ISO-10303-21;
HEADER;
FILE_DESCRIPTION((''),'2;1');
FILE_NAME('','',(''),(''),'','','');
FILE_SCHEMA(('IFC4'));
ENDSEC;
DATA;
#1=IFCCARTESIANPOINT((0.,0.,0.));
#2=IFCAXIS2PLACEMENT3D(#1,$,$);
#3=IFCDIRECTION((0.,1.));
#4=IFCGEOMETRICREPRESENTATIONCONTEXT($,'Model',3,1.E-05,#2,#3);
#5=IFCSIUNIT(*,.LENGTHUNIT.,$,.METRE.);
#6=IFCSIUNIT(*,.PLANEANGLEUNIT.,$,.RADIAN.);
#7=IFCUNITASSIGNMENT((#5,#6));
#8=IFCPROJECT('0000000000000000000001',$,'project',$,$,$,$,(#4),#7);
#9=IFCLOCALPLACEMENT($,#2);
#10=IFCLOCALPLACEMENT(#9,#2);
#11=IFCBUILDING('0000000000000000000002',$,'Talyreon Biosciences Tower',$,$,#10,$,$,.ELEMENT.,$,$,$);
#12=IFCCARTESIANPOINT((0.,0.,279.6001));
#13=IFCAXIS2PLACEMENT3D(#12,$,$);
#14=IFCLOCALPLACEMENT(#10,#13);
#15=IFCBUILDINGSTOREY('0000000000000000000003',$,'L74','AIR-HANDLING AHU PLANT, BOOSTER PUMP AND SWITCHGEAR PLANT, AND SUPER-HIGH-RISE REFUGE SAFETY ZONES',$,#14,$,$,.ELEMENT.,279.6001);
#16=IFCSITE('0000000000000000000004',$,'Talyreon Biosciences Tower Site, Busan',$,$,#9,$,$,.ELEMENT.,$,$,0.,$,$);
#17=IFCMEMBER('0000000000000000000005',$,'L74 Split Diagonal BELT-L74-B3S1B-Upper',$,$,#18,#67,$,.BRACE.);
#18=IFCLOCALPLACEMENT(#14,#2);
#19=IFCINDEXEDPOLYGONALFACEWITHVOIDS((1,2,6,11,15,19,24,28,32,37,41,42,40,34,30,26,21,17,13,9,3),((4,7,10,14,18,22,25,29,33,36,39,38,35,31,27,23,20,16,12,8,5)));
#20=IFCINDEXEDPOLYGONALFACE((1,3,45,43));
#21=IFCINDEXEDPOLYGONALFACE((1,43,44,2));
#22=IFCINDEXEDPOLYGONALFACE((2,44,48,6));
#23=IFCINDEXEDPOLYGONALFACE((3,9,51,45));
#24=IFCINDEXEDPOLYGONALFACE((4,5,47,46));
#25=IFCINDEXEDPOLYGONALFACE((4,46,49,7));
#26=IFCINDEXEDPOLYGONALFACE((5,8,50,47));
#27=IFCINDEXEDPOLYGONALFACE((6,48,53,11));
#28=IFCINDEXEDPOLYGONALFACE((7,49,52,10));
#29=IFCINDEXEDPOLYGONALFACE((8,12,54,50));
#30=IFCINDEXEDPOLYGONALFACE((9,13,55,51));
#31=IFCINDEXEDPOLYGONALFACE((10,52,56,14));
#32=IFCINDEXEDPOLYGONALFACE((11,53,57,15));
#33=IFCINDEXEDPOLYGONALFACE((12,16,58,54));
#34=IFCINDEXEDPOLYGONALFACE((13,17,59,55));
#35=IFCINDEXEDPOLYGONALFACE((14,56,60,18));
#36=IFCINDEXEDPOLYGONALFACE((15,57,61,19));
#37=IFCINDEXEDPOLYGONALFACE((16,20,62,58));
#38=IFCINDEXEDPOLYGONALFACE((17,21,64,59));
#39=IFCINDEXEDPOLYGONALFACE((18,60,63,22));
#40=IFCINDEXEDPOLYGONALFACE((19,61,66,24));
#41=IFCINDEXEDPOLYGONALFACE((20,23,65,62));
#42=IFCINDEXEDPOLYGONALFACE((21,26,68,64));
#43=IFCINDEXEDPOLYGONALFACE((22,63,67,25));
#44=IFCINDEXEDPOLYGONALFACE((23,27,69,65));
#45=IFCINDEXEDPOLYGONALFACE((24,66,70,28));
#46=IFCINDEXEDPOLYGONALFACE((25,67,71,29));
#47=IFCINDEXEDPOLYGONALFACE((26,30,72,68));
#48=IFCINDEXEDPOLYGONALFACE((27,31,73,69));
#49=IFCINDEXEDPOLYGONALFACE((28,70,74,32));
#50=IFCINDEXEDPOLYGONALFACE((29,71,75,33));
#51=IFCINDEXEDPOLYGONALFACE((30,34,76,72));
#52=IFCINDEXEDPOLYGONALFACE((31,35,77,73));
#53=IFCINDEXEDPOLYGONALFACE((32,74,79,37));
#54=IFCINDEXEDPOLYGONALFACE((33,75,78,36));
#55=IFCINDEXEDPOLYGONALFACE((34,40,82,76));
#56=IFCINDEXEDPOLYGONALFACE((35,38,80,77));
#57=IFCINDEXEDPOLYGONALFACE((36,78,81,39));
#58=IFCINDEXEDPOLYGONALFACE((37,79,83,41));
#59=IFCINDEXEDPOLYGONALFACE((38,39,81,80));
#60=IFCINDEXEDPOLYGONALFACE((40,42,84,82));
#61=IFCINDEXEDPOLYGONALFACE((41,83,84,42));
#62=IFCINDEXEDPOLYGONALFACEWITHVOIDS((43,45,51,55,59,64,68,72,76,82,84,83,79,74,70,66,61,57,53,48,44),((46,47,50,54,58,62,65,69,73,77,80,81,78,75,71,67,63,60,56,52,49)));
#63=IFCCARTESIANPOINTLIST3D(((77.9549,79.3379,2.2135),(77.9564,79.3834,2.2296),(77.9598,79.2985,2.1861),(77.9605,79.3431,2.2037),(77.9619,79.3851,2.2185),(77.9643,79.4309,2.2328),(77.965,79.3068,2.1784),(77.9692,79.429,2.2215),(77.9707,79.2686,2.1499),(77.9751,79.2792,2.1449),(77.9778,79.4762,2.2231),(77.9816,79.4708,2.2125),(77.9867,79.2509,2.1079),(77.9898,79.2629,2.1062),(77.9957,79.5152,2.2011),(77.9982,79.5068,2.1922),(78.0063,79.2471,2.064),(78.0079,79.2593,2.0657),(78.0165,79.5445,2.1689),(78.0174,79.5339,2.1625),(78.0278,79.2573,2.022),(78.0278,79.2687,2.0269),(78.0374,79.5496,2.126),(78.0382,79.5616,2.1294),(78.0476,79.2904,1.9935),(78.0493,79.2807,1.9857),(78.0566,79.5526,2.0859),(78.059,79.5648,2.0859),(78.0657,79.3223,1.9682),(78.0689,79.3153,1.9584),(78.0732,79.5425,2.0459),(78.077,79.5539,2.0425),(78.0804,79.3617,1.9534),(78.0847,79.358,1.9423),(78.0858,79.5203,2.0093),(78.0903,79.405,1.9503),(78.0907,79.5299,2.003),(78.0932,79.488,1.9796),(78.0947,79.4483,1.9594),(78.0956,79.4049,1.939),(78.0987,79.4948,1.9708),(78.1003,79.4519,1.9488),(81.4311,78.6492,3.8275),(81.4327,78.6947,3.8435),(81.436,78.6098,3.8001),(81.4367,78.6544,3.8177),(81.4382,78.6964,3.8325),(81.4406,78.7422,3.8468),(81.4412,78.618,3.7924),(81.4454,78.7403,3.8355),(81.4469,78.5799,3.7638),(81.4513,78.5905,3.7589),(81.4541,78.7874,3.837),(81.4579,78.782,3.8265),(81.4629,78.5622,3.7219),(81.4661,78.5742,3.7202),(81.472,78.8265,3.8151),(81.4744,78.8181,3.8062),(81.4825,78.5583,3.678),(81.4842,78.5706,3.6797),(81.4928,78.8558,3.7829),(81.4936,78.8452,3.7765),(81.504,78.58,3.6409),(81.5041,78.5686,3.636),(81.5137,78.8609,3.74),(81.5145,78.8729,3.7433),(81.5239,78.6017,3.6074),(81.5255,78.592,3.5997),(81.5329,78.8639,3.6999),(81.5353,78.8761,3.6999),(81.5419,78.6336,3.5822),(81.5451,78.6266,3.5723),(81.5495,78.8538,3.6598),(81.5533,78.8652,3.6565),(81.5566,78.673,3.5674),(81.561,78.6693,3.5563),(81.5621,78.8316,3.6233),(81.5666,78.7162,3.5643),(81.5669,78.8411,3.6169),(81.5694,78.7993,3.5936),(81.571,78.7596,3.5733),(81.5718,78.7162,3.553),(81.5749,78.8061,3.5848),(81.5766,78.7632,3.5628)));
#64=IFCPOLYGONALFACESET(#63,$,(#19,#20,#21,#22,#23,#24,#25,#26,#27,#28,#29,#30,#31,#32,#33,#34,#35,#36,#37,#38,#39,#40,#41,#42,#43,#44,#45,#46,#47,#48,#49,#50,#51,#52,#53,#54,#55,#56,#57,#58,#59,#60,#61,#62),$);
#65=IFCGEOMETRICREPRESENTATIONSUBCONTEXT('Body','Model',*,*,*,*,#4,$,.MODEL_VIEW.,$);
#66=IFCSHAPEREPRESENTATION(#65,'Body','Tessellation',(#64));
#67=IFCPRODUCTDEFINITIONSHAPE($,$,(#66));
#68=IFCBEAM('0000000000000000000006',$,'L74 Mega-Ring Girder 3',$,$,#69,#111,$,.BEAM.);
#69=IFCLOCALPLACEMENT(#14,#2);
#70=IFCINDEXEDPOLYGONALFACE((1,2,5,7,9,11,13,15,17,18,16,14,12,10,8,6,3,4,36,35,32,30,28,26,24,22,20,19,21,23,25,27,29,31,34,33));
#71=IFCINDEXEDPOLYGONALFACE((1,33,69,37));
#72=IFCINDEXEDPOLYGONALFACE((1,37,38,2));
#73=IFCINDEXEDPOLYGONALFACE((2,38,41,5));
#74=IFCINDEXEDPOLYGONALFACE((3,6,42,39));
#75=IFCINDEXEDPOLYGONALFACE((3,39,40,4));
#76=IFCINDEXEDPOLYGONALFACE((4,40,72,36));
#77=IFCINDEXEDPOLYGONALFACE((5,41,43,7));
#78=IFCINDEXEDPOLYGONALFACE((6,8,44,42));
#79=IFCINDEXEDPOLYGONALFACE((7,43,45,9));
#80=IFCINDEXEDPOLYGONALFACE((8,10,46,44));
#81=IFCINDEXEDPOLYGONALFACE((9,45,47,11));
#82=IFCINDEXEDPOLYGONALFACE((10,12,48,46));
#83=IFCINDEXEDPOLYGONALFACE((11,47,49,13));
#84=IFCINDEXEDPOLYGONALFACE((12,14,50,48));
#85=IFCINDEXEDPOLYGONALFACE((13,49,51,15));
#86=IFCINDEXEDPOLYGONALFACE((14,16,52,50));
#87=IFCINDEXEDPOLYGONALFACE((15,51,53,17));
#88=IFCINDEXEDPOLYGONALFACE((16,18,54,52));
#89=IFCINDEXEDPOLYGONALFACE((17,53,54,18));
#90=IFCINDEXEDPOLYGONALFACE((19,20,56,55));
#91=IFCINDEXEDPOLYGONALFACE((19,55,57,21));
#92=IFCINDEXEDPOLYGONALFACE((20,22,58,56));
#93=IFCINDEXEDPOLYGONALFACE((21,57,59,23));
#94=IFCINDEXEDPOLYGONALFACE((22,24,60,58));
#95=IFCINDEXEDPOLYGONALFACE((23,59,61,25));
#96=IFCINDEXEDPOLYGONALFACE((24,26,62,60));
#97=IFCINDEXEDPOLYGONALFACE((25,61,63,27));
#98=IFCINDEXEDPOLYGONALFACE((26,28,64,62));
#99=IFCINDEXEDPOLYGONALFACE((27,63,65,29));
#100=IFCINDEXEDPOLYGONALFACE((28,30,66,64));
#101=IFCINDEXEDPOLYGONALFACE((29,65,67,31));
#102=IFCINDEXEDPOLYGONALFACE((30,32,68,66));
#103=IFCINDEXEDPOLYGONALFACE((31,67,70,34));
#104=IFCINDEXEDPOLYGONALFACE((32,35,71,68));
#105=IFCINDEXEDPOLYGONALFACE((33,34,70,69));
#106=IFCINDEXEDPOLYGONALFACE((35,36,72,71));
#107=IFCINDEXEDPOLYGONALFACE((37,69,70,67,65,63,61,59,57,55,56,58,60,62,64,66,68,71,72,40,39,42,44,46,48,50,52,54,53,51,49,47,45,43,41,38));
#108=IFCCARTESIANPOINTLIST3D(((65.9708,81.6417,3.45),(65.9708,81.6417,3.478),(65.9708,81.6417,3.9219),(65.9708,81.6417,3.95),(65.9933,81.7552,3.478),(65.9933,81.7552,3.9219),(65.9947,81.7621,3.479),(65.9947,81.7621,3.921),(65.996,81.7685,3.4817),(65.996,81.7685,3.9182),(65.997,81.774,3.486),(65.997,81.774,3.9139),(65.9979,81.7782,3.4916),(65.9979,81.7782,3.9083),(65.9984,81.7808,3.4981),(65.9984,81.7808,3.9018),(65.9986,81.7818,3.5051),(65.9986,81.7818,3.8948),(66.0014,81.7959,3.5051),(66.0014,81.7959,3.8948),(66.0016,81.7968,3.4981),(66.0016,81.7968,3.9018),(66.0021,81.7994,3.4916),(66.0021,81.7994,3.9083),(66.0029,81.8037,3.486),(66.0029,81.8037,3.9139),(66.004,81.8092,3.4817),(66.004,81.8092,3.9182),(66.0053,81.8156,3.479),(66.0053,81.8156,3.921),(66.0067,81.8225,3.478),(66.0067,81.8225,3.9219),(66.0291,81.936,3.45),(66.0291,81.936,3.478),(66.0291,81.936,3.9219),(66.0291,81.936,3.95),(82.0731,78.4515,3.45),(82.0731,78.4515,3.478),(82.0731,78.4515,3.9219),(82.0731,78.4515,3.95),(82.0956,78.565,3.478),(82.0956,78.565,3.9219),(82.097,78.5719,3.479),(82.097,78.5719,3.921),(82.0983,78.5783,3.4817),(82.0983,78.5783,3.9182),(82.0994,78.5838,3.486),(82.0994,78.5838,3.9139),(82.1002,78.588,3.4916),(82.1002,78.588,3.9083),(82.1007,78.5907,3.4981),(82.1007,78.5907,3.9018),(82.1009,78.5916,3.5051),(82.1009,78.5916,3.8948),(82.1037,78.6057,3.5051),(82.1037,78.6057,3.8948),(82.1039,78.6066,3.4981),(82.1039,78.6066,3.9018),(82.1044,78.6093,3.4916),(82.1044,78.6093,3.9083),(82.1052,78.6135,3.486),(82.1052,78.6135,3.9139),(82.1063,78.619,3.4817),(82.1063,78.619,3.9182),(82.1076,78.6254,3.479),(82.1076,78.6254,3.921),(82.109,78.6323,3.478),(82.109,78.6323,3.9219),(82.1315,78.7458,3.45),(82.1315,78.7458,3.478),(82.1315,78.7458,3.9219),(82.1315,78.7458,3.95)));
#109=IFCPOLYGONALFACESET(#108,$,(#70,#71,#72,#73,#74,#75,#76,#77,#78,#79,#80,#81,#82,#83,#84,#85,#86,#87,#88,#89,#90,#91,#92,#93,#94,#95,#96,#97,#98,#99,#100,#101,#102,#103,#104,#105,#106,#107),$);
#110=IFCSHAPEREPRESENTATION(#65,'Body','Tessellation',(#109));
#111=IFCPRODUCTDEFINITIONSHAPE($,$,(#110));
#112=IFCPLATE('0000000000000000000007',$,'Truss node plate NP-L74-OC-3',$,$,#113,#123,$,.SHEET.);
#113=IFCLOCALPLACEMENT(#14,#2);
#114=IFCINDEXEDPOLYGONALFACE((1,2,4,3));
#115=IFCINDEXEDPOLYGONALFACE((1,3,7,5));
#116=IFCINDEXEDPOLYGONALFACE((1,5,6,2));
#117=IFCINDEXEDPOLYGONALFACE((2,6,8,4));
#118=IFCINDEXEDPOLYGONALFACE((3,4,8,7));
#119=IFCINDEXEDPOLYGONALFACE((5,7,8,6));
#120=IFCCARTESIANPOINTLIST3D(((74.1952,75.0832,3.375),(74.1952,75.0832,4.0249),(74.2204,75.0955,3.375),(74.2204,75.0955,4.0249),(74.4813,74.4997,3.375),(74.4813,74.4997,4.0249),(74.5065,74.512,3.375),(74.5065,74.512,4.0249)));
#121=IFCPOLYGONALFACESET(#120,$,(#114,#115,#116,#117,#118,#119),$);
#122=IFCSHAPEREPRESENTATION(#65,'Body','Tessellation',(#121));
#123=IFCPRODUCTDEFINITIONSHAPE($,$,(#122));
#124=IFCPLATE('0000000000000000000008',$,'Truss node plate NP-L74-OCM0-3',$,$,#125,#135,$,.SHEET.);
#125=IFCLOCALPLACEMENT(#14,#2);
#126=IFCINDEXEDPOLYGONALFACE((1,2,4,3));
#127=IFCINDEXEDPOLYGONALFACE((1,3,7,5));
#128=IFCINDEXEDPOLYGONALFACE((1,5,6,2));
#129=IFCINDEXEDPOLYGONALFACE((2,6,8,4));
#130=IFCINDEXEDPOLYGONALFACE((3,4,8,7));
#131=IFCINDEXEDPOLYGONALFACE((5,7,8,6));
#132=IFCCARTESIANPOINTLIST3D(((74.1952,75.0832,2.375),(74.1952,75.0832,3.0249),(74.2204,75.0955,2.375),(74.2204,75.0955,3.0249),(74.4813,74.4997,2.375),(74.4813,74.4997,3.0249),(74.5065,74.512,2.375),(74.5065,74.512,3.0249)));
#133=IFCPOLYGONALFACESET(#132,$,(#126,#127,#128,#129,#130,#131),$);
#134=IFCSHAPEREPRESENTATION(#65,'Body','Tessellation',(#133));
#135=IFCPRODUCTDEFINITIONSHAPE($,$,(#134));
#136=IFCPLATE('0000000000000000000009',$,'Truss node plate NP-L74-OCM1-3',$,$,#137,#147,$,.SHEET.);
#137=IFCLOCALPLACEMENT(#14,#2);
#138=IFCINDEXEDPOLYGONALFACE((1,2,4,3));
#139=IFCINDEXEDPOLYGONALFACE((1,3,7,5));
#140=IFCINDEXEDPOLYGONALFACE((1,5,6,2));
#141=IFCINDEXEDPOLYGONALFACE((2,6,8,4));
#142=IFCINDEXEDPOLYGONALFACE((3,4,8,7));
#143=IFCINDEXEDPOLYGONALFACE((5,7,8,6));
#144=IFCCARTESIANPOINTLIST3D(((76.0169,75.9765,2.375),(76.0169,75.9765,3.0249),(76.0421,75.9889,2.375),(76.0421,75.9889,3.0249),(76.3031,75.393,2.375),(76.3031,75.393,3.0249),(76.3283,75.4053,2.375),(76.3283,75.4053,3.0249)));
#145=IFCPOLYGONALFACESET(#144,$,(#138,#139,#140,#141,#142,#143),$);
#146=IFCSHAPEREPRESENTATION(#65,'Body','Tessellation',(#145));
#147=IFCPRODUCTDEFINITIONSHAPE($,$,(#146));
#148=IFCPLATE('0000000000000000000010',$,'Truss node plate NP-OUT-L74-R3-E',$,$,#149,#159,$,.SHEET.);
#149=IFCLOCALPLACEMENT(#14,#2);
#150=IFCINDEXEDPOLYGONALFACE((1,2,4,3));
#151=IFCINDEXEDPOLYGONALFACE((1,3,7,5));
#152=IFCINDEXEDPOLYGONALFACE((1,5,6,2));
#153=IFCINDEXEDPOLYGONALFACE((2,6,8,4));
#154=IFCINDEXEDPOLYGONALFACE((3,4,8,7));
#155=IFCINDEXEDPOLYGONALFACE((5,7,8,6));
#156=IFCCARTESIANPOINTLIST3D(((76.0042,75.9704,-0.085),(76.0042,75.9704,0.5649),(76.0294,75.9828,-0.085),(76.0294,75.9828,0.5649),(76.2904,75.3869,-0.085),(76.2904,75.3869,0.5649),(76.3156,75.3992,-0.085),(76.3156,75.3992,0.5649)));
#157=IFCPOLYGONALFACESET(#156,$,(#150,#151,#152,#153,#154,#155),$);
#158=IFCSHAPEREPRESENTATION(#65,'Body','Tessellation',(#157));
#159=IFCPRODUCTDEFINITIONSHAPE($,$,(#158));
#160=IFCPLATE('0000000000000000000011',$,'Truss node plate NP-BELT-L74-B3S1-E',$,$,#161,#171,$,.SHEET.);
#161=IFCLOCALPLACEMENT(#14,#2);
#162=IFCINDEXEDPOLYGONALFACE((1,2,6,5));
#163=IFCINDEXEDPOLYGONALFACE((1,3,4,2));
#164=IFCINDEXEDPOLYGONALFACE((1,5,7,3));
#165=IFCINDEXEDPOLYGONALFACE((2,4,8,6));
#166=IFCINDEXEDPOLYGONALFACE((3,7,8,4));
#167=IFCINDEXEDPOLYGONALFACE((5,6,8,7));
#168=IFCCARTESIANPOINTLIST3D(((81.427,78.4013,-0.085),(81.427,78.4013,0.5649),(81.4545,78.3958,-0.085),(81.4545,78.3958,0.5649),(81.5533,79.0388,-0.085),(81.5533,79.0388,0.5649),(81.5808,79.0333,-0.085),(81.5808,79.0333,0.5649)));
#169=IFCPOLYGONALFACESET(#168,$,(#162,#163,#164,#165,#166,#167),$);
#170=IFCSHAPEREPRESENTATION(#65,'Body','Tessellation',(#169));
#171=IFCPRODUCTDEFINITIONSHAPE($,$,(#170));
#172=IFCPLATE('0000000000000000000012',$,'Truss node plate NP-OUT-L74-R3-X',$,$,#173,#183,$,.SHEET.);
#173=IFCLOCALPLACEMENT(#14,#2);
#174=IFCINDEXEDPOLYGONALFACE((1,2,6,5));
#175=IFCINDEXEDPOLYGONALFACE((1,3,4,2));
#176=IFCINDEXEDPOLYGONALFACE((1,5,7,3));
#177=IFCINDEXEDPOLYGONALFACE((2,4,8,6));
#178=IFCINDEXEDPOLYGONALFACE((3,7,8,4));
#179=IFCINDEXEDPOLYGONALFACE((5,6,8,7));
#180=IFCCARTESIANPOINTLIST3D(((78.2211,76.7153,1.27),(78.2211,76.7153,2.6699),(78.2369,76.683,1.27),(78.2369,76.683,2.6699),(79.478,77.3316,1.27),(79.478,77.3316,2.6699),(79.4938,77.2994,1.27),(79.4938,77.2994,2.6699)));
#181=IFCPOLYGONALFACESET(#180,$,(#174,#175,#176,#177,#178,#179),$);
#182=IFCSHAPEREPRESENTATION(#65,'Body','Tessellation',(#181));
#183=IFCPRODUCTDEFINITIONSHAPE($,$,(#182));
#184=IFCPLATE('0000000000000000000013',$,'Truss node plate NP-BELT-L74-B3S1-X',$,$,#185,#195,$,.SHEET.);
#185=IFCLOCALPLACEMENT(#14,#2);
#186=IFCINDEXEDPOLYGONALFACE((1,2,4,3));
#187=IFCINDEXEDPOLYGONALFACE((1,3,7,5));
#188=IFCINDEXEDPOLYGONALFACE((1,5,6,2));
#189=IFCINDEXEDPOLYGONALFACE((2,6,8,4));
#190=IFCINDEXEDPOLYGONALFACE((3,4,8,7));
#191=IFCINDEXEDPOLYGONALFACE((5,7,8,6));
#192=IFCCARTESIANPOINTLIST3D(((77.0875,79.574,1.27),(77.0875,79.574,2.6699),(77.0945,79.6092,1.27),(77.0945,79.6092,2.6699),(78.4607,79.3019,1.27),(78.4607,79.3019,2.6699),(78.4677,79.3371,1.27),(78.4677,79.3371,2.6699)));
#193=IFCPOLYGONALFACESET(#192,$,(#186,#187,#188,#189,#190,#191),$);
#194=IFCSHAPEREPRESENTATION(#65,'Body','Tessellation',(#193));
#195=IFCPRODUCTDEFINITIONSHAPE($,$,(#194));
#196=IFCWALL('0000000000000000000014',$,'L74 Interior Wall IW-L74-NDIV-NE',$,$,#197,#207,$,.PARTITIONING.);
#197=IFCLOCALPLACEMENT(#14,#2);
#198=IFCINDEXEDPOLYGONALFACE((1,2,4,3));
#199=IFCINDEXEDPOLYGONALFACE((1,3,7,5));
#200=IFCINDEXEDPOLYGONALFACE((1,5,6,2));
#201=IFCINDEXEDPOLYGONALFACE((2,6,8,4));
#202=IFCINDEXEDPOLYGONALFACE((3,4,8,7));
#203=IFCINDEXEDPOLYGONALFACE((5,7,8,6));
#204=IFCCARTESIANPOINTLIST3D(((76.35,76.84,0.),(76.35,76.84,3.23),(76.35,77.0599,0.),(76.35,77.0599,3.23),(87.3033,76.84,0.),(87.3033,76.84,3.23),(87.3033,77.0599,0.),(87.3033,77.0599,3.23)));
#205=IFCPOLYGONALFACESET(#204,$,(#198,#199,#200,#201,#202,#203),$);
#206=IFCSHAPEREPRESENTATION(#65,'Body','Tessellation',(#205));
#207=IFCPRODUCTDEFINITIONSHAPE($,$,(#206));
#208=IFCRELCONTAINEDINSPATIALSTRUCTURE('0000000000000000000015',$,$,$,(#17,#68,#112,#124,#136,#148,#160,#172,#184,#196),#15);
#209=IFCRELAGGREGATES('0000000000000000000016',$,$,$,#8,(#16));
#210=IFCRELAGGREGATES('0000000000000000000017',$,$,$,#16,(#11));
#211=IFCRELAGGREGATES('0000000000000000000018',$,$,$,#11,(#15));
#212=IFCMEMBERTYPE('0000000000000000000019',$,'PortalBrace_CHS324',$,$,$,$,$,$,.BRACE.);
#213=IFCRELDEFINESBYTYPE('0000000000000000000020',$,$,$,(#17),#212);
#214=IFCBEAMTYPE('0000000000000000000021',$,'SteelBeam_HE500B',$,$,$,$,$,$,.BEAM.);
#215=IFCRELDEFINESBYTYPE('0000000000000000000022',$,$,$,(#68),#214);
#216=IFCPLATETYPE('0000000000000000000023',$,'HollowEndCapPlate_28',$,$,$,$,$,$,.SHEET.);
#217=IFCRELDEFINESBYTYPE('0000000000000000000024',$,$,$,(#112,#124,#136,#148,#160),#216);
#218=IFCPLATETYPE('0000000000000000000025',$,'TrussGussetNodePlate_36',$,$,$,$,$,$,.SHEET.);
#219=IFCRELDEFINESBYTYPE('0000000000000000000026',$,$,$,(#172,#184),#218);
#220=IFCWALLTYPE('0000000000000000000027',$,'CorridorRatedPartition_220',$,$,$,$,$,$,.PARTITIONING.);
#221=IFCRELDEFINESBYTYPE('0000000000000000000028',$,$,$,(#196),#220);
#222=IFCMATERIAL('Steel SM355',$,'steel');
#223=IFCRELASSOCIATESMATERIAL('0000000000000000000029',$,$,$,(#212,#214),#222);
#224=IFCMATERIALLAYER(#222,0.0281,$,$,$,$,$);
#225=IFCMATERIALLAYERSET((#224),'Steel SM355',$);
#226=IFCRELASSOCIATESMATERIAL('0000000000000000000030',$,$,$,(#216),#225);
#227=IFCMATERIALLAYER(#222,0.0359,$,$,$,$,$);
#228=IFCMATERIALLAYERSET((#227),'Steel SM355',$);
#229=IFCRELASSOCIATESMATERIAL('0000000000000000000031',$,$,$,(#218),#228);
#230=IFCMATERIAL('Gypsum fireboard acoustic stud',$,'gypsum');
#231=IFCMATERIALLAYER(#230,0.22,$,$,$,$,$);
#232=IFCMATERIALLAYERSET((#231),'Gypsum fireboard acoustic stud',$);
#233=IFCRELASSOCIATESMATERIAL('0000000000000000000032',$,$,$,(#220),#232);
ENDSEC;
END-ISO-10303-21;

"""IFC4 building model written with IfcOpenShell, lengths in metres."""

from ifc_helpers import new_model, si_unit, direction, frame, frame_2d, origin, origin_2d, place, context, subcontext, project, spatial, rectangle, hollow_circle, i_section, extrude, material, layer, layer_set, material_profile, profile_set, type_object, element, save


model = new_model("IFC4")

# Units and contexts
model_context = context("Model", 3, precision=1e-05, world=origin(), true_north=direction((0.0, 1.0)))
body_context = subcontext(model_context, "Body", "Model", "MODEL_VIEW")
ifc_project = project(units=[si_unit("LENGTHUNIT", "METRE"), si_unit("PLANEANGLEUNIT", "RADIAN")], contexts=[model_context])

# Site, building, storey
site_placement = place(None, origin())
site = spatial("IfcSite", under=ifc_project, at=site_placement, Name="Talyreon Biosciences Tower Site, Busan", CompositionType="ELEMENT", RefElevation=0.0)
building_placement = place(site_placement, origin())
building = spatial("IfcBuilding", under=site, at=building_placement, Name="Talyreon Biosciences Tower", CompositionType="ELEMENT")
storey_placement = place(building_placement, frame((0.0, 0.0, 279.6001)))
storey = spatial("IfcBuildingStorey", under=building, at=storey_placement, Name="L74", Description="AIR-HANDLING AHU PLANT, BOOSTER PUMP AND SWITCHGEAR PLANT, AND SUPER-HIGH-RISE REFUGE SAFETY ZONES", CompositionType="ELEMENT", Elevation=279.6001)

# Shared definitions
ifc_material_1 = material(Name="Steel SM355", Category="steel")

# Member
ifc_material_profile_1 = material_profile(ifc_material_1, hollow_circle(Radius=0.1619, WallThickness=0.0125, at=origin_2d()), Name="CHS 323.9x12.5")
ifc_profile_set_1 = profile_set([ifc_material_profile_1], Name="Steel SM355")
member_type_1 = type_object("IfcMemberType", Name="PortalBrace_CHS324", PredefinedType="BRACE", material=ifc_profile_set_1)
member_1_placement = place(storey_placement, frame((78.0276, 79.406, 2.0859), z_axis=(0.89271, -0.176862, 0.414475), x_axis=(0.194341, 0.980934, 0.0)))
element("IfcMember", 1, at=member_1_placement, inside=storey, type_object=member_type_1, Name="L74 Split Diagonal BELT-L74-B3S1B-Upper", PredefinedType="BRACE", context=body_context, shape_type="SweptSolid", body=[
    extrude(hollow_circle(Radius=0.1619, WallThickness=0.0125, at=origin_2d()), origin(), (0.0, 0.0, 1.0), 3.894),
])

# Beam
ifc_material_profile_2 = material_profile(ifc_material_1, i_section(OverallWidth=0.3, OverallDepth=0.5, WebThickness=0.0144, FlangeThickness=0.0281, FilletRadius=0.0271, at=origin_2d()), Name="HE500B")
ifc_profile_set_2 = profile_set([ifc_material_profile_2], Name="Steel SM355")
beam_type_1 = type_object("IfcBeamType", Name="SteelBeam_HE500B", PredefinedType="BEAM", material=ifc_profile_set_2)
beam_1_placement = place(storey_placement, frame((82.1023, 78.5986, 3.7), z_axis=(-0.980934, 0.194343, 0.0), x_axis=(-0.194343, -0.980934, 0.0)))
element("IfcBeam", 2, at=beam_1_placement, inside=storey, type_object=beam_type_1, Name="L74 Mega-Ring Girder 3", PredefinedType="BEAM", context=body_context, shape_type="SweptSolid", body=[
    extrude(i_section(OverallWidth=0.3, OverallDepth=0.5, WebThickness=0.0144, FlangeThickness=0.0281, FilletRadius=0.0271, at=origin_2d()), origin(), (0.0, 0.0, 1.0), 16.4153),
])

# Plates
ifc_layer_1 = layer(ifc_material_1, 0.0281)
ifc_layer_set_1 = layer_set([ifc_layer_1], Name="Steel SM355")
plate_type_1 = type_object("IfcPlateType", Name="HollowEndCapPlate_28", PredefinedType="SHEET", material=ifc_layer_set_1)
for number, where, z_axis, x_axis, name in (
    (3, (74.3508, 74.7976, 3.375), (0.0, 0.0, 1.0), (-0.440284, 0.897859, 0.0), "Truss node plate NP-L74-OC-3"),
    (4, (74.3508, 74.7976, 2.375), (0.0, 0.0, 1.0), (-0.440284, 0.897859, 0.0), "Truss node plate NP-L74-OCM0-3"),
    (5, (76.1726, 75.6909, 2.375), (0.0, 0.0, 1.0), (-0.440284, 0.897859, 0.0), "Truss node plate NP-L74-OCM1-3"),
    (6, (76.1599, 75.6848, -0.085), (0.0, 0.0, 1.0), (-0.440284, 0.897859, 0.0), "Truss node plate NP-OUT-L74-R3-E"),
    (7, (81.5039, 78.7173, -0.085), (0.0, 0.0, 1.0), (-0.194354, -0.980931, 0.0), "Truss node plate NP-BELT-L74-B3S1-E"),
):
    element("IfcPlate", number, at=place(storey_placement, frame(where, z_axis=z_axis, x_axis=x_axis)), inside=storey, type_object=plate_type_1, Name=name, PredefinedType="SHEET", context=body_context, shape_type="SweptSolid", body=[
        extrude(rectangle(XDim=0.6499, YDim=0.0281, at=origin_2d()), origin(), (0.0, 0.0, 1.0), 0.6499),
    ])
ifc_layer_2 = layer(ifc_material_1, 0.0359)
ifc_layer_set_2 = layer_set([ifc_layer_2], Name="Steel SM355")
plate_type_2 = type_object("IfcPlateType", Name="TrussGussetNodePlate_36", PredefinedType="SHEET", material=ifc_layer_set_2)
for number, where, z_axis, x_axis, name in (
    (8, (78.8574, 77.0073, 1.27), (0.0, 0.0, 1.0), (0.897859, 0.440284, 0.0), "Truss node plate NP-OUT-L74-R3-X"),
    (9, (77.7776, 79.4556, 1.27), (0.0, 0.0, 1.0), (-0.980931, 0.194354, 0.0), "Truss node plate NP-BELT-L74-B3S1-X"),
):
    element("IfcPlate", number, at=place(storey_placement, frame(where, z_axis=z_axis, x_axis=x_axis)), inside=storey, type_object=plate_type_2, Name=name, PredefinedType="SHEET", context=body_context, shape_type="SweptSolid", body=[
        extrude(rectangle(XDim=1.3999, YDim=0.0359, at=origin_2d()), origin(), (0.0, 0.0, 1.0), 1.3999),
    ])

# Wall
ifc_material_2 = material(Name="Gypsum fireboard acoustic stud", Category="gypsum")
ifc_layer_3 = layer(ifc_material_2, 0.22)
ifc_layer_set_3 = layer_set([ifc_layer_3], Name="Gypsum fireboard acoustic stud")
wall_type_1 = type_object("IfcWallType", Name="CorridorRatedPartition_220", PredefinedType="PARTITIONING", material=ifc_layer_set_3)
wall_1_placement = place(storey_placement, frame((76.3501, 76.95, 0.0), z_axis=(0.0, 0.0, 1.0), x_axis=(1.0, 0.0, 0.0)))
element("IfcWall", 10, at=wall_1_placement, inside=storey, type_object=wall_type_1, Name="L74 Interior Wall IW-L74-NDIV-NE", PredefinedType="PARTITIONING", context=body_context, shape_type="SweptSolid", body=[
    extrude(rectangle(XDim=10.9534, YDim=0.22, at=frame_2d((5.4766, 0.0))), origin(), (0.0, 0.0, 1.0), 3.23),
])

save(model, "model.ifc")
